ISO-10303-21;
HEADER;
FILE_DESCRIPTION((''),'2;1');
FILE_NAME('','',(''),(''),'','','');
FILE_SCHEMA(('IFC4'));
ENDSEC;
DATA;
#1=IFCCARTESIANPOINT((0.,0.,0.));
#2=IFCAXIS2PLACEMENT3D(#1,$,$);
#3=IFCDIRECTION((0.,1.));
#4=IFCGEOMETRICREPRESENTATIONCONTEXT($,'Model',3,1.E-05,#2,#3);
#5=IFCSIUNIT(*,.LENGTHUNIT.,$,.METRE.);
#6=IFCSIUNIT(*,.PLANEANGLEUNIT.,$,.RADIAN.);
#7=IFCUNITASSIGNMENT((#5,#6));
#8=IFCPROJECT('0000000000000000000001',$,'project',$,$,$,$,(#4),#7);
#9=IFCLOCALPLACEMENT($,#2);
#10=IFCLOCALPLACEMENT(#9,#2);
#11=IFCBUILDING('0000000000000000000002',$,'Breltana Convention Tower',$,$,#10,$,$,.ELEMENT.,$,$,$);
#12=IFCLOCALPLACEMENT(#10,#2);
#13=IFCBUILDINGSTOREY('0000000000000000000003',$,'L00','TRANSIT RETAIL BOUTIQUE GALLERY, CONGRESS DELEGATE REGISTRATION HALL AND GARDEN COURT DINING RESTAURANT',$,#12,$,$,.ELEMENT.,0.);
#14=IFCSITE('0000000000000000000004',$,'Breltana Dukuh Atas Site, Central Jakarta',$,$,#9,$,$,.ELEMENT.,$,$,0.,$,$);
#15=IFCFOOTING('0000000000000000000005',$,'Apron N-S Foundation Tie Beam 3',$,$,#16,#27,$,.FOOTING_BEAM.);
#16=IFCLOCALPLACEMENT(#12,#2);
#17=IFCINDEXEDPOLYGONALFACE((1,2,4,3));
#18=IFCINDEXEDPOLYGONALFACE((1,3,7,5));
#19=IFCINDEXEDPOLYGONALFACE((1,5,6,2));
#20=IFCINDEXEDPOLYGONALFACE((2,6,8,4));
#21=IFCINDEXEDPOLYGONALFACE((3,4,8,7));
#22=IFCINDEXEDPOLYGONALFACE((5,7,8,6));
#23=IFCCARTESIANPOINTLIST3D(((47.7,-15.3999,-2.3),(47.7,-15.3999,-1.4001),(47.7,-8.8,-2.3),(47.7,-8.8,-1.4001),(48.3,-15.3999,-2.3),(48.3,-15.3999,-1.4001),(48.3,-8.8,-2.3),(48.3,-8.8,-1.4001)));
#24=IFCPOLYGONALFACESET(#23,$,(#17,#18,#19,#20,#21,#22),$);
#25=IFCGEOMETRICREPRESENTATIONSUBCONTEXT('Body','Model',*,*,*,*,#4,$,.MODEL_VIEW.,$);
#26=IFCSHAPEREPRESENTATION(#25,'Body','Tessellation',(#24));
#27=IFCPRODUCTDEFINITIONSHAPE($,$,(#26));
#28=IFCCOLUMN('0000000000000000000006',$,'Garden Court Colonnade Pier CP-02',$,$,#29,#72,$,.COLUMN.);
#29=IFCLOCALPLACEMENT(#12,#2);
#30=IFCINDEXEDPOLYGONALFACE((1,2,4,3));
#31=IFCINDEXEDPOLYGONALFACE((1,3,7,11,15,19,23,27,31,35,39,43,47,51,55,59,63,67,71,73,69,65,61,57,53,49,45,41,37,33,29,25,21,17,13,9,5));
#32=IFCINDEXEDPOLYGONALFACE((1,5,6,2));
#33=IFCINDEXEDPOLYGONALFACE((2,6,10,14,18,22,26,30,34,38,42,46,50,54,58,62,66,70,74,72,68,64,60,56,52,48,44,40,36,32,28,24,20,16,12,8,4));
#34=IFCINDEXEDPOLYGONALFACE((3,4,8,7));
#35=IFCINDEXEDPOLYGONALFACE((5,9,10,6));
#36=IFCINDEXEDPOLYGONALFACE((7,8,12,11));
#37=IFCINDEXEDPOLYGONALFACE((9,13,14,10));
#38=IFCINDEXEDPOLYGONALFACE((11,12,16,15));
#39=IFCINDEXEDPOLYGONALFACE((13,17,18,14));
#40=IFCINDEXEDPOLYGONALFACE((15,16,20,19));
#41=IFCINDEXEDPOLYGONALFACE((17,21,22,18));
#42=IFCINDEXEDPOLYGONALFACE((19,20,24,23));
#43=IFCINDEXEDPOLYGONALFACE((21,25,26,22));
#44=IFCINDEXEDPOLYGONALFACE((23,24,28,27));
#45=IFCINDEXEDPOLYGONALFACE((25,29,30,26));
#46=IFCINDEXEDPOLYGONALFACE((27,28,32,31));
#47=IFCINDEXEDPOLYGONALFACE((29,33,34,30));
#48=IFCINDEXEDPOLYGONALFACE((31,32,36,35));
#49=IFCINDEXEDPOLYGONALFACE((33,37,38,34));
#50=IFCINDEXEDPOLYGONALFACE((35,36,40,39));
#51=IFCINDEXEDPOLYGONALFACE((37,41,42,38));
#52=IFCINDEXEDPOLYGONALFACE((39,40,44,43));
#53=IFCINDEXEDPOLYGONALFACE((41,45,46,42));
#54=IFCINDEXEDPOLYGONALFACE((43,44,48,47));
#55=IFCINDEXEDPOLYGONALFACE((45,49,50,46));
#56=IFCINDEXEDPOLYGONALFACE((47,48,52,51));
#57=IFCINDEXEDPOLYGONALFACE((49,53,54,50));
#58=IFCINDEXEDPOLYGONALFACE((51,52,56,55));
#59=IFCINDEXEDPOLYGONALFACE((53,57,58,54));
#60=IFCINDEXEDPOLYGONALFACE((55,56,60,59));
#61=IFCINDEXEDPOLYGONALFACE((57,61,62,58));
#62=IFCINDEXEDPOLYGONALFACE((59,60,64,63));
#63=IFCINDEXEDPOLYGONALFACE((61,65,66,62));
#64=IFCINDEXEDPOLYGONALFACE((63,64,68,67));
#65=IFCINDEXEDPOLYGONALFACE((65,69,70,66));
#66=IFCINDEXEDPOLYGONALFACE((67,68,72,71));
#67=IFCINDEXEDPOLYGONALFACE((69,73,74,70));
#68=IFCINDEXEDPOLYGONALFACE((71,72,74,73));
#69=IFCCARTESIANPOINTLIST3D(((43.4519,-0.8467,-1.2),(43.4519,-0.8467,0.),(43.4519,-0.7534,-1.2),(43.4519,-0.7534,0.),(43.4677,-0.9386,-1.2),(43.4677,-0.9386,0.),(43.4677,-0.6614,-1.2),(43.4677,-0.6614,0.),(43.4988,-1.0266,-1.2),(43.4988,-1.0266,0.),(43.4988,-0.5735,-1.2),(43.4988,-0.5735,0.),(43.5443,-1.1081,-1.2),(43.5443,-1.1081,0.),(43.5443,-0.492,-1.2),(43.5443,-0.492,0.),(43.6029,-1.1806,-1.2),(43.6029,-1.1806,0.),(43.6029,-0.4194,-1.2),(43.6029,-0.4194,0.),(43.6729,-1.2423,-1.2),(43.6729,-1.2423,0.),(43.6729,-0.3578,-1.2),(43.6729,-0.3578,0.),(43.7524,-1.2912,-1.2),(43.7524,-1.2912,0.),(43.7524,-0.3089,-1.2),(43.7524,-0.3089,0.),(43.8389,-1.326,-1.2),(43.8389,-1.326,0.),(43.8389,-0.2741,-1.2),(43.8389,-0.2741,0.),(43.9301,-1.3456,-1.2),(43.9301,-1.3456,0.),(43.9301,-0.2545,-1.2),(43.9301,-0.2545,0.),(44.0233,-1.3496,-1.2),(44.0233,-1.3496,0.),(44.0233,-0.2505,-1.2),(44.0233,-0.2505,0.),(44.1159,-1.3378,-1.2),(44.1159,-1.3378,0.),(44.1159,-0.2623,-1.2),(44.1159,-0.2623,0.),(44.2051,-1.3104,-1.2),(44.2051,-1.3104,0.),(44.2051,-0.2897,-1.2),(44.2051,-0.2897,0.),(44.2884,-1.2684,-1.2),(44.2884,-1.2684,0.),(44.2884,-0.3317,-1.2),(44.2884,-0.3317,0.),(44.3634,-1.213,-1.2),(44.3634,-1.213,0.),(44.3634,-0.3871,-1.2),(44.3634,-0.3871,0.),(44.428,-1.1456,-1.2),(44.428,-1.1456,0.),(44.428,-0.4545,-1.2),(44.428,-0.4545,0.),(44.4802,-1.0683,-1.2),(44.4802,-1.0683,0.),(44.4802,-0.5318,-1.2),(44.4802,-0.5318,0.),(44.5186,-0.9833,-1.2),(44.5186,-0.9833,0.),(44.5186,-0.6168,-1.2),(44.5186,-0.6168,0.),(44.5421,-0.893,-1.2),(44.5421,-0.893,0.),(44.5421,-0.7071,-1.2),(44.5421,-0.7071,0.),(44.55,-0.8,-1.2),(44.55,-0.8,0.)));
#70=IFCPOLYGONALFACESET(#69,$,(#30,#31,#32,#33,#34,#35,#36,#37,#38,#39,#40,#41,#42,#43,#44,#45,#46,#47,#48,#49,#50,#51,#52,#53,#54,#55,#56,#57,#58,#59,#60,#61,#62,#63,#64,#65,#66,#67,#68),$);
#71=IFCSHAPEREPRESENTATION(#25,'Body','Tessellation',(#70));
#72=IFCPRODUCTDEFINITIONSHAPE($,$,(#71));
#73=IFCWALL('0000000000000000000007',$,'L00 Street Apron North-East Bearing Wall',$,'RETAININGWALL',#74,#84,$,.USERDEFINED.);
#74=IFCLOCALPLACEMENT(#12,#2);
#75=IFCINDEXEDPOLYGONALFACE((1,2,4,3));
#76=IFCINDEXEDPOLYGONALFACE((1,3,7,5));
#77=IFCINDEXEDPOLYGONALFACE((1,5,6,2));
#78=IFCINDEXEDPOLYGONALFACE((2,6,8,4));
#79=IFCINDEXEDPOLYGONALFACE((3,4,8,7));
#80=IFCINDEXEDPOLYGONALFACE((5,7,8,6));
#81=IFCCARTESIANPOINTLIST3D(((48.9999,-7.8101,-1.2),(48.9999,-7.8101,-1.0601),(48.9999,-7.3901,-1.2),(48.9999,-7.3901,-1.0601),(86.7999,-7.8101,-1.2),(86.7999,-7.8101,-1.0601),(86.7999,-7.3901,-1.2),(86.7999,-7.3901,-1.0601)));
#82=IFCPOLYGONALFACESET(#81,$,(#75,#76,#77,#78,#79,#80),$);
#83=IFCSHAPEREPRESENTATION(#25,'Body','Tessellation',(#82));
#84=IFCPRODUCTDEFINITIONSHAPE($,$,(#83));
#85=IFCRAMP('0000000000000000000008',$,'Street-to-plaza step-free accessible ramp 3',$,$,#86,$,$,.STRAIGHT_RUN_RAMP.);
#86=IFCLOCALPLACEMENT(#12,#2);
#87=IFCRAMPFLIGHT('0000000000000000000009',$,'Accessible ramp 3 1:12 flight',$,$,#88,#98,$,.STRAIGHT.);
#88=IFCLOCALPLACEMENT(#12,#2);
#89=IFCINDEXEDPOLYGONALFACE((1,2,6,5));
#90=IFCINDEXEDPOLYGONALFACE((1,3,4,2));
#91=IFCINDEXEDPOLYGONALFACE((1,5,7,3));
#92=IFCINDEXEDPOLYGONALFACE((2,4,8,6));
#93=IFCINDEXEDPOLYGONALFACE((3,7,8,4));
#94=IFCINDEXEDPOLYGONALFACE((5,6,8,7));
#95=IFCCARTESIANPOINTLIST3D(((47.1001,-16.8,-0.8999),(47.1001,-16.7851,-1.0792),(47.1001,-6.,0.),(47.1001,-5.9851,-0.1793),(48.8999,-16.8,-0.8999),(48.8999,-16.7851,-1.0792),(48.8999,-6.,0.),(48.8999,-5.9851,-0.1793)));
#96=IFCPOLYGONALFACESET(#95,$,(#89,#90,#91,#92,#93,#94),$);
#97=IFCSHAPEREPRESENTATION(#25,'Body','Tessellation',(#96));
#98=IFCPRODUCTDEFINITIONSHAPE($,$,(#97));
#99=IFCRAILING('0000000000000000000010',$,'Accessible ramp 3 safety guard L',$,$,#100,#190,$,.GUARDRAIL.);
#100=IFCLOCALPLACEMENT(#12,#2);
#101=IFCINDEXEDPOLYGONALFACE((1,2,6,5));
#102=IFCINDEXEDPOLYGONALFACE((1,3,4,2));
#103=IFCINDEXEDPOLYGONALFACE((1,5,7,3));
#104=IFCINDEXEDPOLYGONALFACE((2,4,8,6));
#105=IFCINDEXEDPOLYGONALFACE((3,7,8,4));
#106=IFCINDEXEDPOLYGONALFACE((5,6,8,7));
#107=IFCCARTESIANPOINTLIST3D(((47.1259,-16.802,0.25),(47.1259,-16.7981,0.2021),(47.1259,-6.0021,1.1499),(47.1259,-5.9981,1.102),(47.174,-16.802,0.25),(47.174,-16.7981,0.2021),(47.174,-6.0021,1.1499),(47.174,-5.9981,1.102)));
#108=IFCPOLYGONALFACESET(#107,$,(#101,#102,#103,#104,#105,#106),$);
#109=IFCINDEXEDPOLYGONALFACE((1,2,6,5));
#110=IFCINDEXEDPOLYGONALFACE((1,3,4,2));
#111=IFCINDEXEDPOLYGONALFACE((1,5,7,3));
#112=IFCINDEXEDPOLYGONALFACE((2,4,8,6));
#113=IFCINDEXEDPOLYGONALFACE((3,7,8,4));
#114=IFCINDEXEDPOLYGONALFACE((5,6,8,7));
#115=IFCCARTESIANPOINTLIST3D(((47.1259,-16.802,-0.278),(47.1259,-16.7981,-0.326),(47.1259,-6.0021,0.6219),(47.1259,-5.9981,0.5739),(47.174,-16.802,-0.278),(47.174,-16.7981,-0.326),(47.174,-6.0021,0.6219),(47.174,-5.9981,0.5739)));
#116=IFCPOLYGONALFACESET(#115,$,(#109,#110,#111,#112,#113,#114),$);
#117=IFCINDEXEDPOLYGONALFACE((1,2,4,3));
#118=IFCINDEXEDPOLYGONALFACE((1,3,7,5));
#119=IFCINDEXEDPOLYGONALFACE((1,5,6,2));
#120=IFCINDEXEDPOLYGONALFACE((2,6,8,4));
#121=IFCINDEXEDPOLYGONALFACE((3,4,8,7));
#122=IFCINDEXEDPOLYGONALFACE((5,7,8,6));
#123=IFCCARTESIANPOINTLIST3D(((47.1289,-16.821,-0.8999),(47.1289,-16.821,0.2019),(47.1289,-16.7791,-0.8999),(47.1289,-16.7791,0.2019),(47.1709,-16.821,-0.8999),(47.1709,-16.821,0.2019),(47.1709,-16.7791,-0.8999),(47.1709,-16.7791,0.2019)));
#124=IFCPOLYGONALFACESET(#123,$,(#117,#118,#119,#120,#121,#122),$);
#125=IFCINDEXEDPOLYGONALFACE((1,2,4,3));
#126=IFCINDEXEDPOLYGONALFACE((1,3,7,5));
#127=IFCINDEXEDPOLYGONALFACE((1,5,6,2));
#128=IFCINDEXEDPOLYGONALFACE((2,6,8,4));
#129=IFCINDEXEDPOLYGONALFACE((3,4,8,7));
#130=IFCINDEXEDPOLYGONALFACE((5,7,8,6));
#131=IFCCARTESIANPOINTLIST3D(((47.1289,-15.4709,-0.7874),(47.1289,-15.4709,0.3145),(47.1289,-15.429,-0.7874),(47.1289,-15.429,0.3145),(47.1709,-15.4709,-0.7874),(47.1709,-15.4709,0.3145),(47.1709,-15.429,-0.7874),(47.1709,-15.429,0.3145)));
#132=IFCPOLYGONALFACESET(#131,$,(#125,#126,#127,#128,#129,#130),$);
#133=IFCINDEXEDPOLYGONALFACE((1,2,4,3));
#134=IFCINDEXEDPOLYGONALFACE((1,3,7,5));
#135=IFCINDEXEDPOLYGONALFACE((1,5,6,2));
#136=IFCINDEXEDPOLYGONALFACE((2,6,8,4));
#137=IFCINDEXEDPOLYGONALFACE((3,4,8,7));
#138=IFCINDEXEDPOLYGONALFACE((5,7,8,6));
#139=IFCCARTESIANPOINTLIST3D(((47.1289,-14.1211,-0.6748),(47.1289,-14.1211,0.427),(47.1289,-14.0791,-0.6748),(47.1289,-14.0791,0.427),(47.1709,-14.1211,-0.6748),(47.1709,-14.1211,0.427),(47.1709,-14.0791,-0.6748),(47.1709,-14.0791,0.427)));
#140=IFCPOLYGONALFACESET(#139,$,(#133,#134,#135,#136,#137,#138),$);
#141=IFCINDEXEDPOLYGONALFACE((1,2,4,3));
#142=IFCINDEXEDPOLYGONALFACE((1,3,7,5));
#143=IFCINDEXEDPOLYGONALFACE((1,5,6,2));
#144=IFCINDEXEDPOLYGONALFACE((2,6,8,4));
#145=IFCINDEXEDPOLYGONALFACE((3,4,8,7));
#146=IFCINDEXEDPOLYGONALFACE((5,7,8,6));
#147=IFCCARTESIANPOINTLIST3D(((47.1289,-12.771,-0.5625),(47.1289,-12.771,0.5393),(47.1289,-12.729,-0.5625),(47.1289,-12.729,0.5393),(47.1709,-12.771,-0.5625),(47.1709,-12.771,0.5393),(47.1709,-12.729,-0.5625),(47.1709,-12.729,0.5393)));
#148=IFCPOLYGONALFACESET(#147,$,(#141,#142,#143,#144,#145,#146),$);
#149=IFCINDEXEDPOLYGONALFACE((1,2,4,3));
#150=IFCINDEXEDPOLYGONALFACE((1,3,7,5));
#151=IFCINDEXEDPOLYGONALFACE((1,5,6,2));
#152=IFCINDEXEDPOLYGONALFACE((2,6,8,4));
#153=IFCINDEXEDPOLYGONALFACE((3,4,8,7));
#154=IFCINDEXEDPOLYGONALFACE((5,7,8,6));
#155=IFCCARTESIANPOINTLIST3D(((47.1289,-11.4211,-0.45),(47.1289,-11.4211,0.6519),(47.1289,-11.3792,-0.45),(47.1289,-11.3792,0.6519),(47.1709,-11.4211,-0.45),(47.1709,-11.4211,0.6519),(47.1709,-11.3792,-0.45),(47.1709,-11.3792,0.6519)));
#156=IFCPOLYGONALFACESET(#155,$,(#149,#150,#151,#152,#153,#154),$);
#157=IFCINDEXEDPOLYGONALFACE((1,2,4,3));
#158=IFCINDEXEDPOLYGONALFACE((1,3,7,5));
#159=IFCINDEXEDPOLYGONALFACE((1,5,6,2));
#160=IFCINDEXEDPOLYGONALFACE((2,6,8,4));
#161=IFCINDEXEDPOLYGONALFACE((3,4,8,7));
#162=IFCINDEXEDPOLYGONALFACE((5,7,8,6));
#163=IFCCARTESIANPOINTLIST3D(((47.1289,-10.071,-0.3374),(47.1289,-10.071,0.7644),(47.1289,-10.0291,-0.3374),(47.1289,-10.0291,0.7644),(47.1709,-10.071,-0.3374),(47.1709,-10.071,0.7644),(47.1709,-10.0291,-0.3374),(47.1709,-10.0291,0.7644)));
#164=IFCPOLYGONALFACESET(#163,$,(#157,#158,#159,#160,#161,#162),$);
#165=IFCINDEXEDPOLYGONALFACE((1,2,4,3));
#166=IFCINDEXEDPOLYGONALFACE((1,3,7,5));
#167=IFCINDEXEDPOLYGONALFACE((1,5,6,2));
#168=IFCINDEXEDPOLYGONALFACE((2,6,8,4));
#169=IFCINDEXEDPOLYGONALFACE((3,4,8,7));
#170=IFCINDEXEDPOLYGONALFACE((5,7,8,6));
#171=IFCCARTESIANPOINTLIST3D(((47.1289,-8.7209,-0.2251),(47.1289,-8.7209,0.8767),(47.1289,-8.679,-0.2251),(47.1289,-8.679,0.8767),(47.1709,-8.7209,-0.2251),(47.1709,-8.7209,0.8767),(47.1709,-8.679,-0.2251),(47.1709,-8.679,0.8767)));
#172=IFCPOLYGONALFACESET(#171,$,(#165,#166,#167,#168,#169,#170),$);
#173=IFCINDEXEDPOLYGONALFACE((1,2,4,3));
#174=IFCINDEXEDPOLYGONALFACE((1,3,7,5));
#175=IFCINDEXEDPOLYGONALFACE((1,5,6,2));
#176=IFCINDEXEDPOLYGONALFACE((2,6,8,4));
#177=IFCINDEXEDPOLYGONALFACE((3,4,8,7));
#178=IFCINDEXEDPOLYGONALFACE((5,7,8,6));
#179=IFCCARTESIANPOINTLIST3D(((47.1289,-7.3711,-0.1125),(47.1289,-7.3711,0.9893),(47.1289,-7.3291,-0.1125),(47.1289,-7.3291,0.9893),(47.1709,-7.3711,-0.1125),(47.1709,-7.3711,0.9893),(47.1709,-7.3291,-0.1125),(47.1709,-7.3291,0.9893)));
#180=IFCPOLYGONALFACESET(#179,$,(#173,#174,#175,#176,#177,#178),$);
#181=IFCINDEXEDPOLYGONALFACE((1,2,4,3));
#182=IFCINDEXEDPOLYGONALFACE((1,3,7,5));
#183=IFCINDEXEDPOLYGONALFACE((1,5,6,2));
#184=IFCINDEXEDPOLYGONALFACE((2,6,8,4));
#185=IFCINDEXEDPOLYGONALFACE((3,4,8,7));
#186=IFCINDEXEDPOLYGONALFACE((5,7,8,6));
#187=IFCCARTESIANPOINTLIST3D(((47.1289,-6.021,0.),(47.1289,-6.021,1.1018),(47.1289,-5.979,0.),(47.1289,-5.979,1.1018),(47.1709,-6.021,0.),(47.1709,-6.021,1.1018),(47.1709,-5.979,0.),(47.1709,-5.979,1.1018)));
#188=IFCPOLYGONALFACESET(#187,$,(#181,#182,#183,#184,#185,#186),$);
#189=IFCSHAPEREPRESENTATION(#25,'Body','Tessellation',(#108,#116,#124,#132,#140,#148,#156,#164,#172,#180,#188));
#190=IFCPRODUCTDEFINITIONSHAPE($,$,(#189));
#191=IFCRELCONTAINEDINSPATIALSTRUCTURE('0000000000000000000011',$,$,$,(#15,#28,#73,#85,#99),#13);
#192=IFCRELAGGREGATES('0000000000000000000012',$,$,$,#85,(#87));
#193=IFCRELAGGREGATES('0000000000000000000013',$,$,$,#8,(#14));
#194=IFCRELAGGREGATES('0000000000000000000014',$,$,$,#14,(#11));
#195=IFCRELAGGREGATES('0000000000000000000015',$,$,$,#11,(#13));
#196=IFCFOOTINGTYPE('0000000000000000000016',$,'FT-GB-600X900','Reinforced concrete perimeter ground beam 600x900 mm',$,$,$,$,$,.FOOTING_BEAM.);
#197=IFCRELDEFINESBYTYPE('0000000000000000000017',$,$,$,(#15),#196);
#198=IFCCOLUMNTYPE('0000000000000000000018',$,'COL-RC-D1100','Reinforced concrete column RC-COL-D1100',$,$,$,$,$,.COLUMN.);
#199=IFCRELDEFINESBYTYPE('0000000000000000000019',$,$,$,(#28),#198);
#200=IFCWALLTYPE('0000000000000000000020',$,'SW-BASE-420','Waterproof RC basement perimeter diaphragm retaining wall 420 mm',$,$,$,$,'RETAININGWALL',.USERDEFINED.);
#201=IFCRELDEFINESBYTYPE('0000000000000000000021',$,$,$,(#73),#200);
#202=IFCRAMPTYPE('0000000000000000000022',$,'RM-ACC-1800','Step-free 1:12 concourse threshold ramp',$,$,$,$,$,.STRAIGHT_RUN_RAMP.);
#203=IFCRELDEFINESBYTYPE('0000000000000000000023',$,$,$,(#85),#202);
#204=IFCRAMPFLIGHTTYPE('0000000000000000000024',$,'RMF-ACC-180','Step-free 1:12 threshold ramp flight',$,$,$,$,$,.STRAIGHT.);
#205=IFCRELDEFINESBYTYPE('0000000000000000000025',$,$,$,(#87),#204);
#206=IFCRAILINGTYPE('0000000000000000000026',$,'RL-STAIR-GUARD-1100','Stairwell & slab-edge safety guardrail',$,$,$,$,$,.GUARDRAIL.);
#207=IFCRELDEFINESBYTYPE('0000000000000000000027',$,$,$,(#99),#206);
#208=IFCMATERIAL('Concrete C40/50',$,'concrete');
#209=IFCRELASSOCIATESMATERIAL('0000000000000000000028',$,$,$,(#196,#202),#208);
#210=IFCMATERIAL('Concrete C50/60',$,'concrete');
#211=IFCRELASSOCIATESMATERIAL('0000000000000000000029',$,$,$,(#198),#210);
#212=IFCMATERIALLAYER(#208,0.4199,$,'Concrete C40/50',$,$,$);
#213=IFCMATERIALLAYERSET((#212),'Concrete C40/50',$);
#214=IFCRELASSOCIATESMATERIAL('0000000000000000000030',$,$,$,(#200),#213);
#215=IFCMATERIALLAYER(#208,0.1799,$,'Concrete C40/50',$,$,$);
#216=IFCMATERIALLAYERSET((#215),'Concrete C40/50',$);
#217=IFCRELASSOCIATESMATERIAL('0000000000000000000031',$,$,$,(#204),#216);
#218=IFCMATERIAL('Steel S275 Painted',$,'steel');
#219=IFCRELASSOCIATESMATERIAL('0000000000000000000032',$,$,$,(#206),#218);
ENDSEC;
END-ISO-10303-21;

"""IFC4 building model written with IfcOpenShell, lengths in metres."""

from ifc_helpers import new_model, si_unit, direction, frame, frame_2d, origin, origin_2d, place, context, subcontext, project, spatial, polyline, rectangle, circle, outline, extrude, source, transform, mapped, material, layer, layer_set, material_profile, profile_set, type_object, type_shapes, element, aggregate, save


model = new_model("IFC4")

# Units and contexts
model_context = context("Model", 3, precision=1e-05, world=origin(), true_north=direction((0.0, 1.0)))
body_context = subcontext(model_context, "Body", "Model", "MODEL_VIEW")
ifc_project = project(units=[si_unit("LENGTHUNIT", "METRE"), si_unit("PLANEANGLEUNIT", "RADIAN")], contexts=[model_context])

# Site, building, storey
site_placement = place(None, origin())
site = spatial("IfcSite", under=ifc_project, at=site_placement, Name="Breltana Dukuh Atas Site, Central Jakarta", CompositionType="ELEMENT", RefElevation=0.0)
building_placement = place(site_placement, origin())
building = spatial("IfcBuilding", under=site, at=building_placement, Name="Breltana Convention Tower", CompositionType="ELEMENT")
storey_placement = place(building_placement, origin())
storey = spatial("IfcBuildingStorey", under=building, at=storey_placement, Name="L00", Description="TRANSIT RETAIL BOUTIQUE GALLERY, CONGRESS DELEGATE REGISTRATION HALL AND GARDEN COURT DINING RESTAURANT", CompositionType="ELEMENT", Elevation=0.0)

# Shared definitions
ifc_material_1 = material(Name="Concrete C40/50", Category="concrete")

# Footing
ifc_material_profile_1 = material_profile(ifc_material_1, rectangle(XDim=0.6001, YDim=0.8999, at=origin_2d()), Name="RC-BM-600X900")
ifc_profile_set_1 = profile_set([ifc_material_profile_1], Name="Concrete C40/50")
footing_type_1 = type_object("IfcFootingType", Name="FT-GB-600X900", Description="Reinforced concrete perimeter ground beam 600x900 mm", PredefinedType="FOOTING_BEAM", material=ifc_profile_set_1)
shared_shape_1 = source(origin(), body_context, "Body", "SweptSolid", [
    extrude(rectangle(XDim=0.6001, YDim=0.8999, at=origin_2d()), origin(), (0.0, 0.0, 1.0), 6.5999),
])
type_shapes(footing_type_1, [shared_shape_1])
footing_1_placement = place(storey_placement, frame((48.0, -15.3999, -1.8501), z_axis=(0.0, 1.0, 0.0), x_axis=(-1.0, 0.0, 0.0)))
element("IfcFooting", 1, at=footing_1_placement, inside=storey, type_object=footing_type_1, Name="Apron N-S Foundation Tie Beam 3", PredefinedType="FOOTING_BEAM", context=body_context, shape_type="MappedRepresentation", body=[
    mapped(shared_shape_1, transform((0.0, 0.0, 0.0), scale=1.0)),
])

# Column
ifc_material_2 = material(Name="Concrete C50/60", Category="concrete")
ifc_material_profile_2 = material_profile(ifc_material_2, circle(Radius=0.55, at=origin_2d()), Name="RC-COL-D1100")
ifc_profile_set_2 = profile_set([ifc_material_profile_2], Name="Concrete C50/60")
column_type = type_object("IfcColumnType", Name="COL-RC-D1100", Description="Reinforced concrete column RC-COL-D1100", PredefinedType="COLUMN", material=ifc_profile_set_2)
shared_shape_2 = source(origin(), body_context, "Body", "SweptSolid", [
    extrude(circle(Radius=0.55, at=origin_2d()), origin(), (0.0, 0.0, 1.0), 1.2),
])
type_shapes(column_type, [shared_shape_2])
column_placement = place(storey_placement, frame((44.0, -0.8, -1.2), z_axis=(0.0, 0.0, 1.0), x_axis=(1.0, 0.0, 0.0)))
element("IfcColumn", 2, at=column_placement, inside=storey, type_object=column_type, Name="Garden Court Colonnade Pier CP-02", PredefinedType="COLUMN", context=body_context, shape_type="MappedRepresentation", body=[
    mapped(shared_shape_2, transform((0.0, 0.0, 0.0), scale=1.0)),
])

# Wall
ifc_layer_1 = layer(ifc_material_1, 0.4199, Name="Concrete C40/50")
ifc_layer_set_1 = layer_set([ifc_layer_1], Name="Concrete C40/50")
wall_type = type_object("IfcWallType", Name="SW-BASE-420", Description="Waterproof RC basement perimeter diaphragm retaining wall 420 mm", ElementType="RETAININGWALL", PredefinedType="USERDEFINED", material=ifc_layer_set_1)
shared_shape_3 = source(origin(), body_context, "Body", "SweptSolid", [
    extrude(rectangle(XDim=37.8, YDim=0.4199, at=frame_2d((18.8999, 0.0))), origin(), (0.0, 0.0, 1.0), 0.1399),
])
wall_placement = place(storey_placement, frame((49.0, -7.6001, -1.2), z_axis=(0.0, 0.0, 1.0), x_axis=(1.0, 0.0, 0.0)))
element("IfcWall", 3, at=wall_placement, inside=storey, type_object=wall_type, Name="L00 Street Apron North-East Bearing Wall", ObjectType="RETAININGWALL", PredefinedType="USERDEFINED", context=body_context, shape_type="MappedRepresentation", body=[
    mapped(shared_shape_3, transform((0.0, 0.0, 0.0), scale=1.0)),
])

# Ramp, ramp flight
ramp_type = type_object("IfcRampType", Name="RM-ACC-1800", Description="Step-free 1:12 concourse threshold ramp", PredefinedType="STRAIGHT_RUN_RAMP", material=ifc_material_1)
ramp_placement = place(storey_placement, origin())
ramp = element("IfcRamp", 4, at=ramp_placement, inside=storey, type_object=ramp_type, Name="Street-to-plaza step-free accessible ramp 3", PredefinedType="STRAIGHT_RUN_RAMP")
ifc_layer_2 = layer(ifc_material_1, 0.1799, Name="Concrete C40/50")
ifc_layer_set_2 = layer_set([ifc_layer_2], Name="Concrete C40/50")
ramp_flight_type = type_object("IfcRampFlightType", Name="RMF-ACC-180", Description="Step-free 1:12 threshold ramp flight", PredefinedType="STRAIGHT", material=ifc_layer_set_2)
ramp_flight_placement = place(storey_placement, frame((47.1001, -16.8, -0.8999), z_axis=(0.0, -0.083036, 0.996547), x_axis=(1.0, 0.0, 0.0)))
ramp_flight = element("IfcRampFlight", 5, at=ramp_flight_placement, type_object=ramp_flight_type, Name="Accessible ramp 3 1:12 flight", PredefinedType="STRAIGHT", context=body_context, shape_type="SweptSolid", body=[
    extrude(outline(polyline([(0.0, 0.0), (1.7998, 0.0), (1.7998, 10.8375), (0.0, 10.8375), (0.0, 0.0)])), origin(), (0.0, 0.0, -1.0), 0.1799),
])
aggregate(ramp, [ramp_flight])

# Railing
ifc_material_3 = material(Name="Steel S275 Painted", Category="steel")
railing_type = type_object("IfcRailingType", Name="RL-STAIR-GUARD-1100", Description="Stairwell & slab-edge safety guardrail", PredefinedType="GUARDRAIL", material=ifc_material_3)
railing_1_placement = place(storey_placement, frame((47.1499, -16.8, -0.8999)))
element("IfcRailing", 6, at=railing_1_placement, inside=storey, type_object=railing_type, Name="Accessible ramp 3 safety guard L", PredefinedType="GUARDRAIL", context=body_context, shape_type="SweptSolid", body=[
    extrude(rectangle(XDim=0.0481, YDim=0.0481, at=origin_2d()), frame((0.0, 0.0, 1.126), z_axis=(0.0, 0.996547, 0.083036), x_axis=(-1.0, 0.0, 0.0)), (0.0, 0.0, 1.0), 10.8374),
    extrude(rectangle(XDim=0.0481, YDim=0.0481, at=origin_2d()), frame((0.0, 0.0, 0.5979), z_axis=(0.0, 0.996547, 0.083036), x_axis=(-1.0, 0.0, 0.0)), (0.0, 0.0, 1.0), 10.8374),
    extrude(rectangle(XDim=0.042, YDim=0.042, at=origin_2d()), origin(), (0.0, 0.0, 1.0), 1.1018),
    extrude(rectangle(XDim=0.042, YDim=0.042, at=origin_2d()), frame((0.0, 1.3501, 0.1125)), (0.0, 0.0, 1.0), 1.1018),
    extrude(rectangle(XDim=0.042, YDim=0.042, at=origin_2d()), frame((0.0, 2.7, 0.2251)), (0.0, 0.0, 1.0), 1.1018),
    extrude(rectangle(XDim=0.042, YDim=0.042, at=origin_2d()), frame((0.0, 4.05, 0.3374)), (0.0, 0.0, 1.0), 1.1018),
    extrude(rectangle(XDim=0.042, YDim=0.042, at=origin_2d()), frame((0.0, 5.3999, 0.45)), (0.0, 0.0, 1.0), 1.1018),
    extrude(rectangle(XDim=0.042, YDim=0.042, at=origin_2d()), frame((0.0, 6.75, 0.5625)), (0.0, 0.0, 1.0), 1.1018),
    extrude(rectangle(XDim=0.042, YDim=0.042, at=origin_2d()), frame((0.0, 8.1001, 0.6748)), (0.0, 0.0, 1.0), 1.1018),
    extrude(rectangle(XDim=0.042, YDim=0.042, at=origin_2d()), frame((0.0, 9.45, 0.7874)), (0.0, 0.0, 1.0), 1.1018),
    extrude(rectangle(XDim=0.042, YDim=0.042, at=origin_2d()), frame((0.0, 10.8, 0.8999)), (0.0, 0.0, 1.0), 1.1018),
])

save(model, "model.ifc")
